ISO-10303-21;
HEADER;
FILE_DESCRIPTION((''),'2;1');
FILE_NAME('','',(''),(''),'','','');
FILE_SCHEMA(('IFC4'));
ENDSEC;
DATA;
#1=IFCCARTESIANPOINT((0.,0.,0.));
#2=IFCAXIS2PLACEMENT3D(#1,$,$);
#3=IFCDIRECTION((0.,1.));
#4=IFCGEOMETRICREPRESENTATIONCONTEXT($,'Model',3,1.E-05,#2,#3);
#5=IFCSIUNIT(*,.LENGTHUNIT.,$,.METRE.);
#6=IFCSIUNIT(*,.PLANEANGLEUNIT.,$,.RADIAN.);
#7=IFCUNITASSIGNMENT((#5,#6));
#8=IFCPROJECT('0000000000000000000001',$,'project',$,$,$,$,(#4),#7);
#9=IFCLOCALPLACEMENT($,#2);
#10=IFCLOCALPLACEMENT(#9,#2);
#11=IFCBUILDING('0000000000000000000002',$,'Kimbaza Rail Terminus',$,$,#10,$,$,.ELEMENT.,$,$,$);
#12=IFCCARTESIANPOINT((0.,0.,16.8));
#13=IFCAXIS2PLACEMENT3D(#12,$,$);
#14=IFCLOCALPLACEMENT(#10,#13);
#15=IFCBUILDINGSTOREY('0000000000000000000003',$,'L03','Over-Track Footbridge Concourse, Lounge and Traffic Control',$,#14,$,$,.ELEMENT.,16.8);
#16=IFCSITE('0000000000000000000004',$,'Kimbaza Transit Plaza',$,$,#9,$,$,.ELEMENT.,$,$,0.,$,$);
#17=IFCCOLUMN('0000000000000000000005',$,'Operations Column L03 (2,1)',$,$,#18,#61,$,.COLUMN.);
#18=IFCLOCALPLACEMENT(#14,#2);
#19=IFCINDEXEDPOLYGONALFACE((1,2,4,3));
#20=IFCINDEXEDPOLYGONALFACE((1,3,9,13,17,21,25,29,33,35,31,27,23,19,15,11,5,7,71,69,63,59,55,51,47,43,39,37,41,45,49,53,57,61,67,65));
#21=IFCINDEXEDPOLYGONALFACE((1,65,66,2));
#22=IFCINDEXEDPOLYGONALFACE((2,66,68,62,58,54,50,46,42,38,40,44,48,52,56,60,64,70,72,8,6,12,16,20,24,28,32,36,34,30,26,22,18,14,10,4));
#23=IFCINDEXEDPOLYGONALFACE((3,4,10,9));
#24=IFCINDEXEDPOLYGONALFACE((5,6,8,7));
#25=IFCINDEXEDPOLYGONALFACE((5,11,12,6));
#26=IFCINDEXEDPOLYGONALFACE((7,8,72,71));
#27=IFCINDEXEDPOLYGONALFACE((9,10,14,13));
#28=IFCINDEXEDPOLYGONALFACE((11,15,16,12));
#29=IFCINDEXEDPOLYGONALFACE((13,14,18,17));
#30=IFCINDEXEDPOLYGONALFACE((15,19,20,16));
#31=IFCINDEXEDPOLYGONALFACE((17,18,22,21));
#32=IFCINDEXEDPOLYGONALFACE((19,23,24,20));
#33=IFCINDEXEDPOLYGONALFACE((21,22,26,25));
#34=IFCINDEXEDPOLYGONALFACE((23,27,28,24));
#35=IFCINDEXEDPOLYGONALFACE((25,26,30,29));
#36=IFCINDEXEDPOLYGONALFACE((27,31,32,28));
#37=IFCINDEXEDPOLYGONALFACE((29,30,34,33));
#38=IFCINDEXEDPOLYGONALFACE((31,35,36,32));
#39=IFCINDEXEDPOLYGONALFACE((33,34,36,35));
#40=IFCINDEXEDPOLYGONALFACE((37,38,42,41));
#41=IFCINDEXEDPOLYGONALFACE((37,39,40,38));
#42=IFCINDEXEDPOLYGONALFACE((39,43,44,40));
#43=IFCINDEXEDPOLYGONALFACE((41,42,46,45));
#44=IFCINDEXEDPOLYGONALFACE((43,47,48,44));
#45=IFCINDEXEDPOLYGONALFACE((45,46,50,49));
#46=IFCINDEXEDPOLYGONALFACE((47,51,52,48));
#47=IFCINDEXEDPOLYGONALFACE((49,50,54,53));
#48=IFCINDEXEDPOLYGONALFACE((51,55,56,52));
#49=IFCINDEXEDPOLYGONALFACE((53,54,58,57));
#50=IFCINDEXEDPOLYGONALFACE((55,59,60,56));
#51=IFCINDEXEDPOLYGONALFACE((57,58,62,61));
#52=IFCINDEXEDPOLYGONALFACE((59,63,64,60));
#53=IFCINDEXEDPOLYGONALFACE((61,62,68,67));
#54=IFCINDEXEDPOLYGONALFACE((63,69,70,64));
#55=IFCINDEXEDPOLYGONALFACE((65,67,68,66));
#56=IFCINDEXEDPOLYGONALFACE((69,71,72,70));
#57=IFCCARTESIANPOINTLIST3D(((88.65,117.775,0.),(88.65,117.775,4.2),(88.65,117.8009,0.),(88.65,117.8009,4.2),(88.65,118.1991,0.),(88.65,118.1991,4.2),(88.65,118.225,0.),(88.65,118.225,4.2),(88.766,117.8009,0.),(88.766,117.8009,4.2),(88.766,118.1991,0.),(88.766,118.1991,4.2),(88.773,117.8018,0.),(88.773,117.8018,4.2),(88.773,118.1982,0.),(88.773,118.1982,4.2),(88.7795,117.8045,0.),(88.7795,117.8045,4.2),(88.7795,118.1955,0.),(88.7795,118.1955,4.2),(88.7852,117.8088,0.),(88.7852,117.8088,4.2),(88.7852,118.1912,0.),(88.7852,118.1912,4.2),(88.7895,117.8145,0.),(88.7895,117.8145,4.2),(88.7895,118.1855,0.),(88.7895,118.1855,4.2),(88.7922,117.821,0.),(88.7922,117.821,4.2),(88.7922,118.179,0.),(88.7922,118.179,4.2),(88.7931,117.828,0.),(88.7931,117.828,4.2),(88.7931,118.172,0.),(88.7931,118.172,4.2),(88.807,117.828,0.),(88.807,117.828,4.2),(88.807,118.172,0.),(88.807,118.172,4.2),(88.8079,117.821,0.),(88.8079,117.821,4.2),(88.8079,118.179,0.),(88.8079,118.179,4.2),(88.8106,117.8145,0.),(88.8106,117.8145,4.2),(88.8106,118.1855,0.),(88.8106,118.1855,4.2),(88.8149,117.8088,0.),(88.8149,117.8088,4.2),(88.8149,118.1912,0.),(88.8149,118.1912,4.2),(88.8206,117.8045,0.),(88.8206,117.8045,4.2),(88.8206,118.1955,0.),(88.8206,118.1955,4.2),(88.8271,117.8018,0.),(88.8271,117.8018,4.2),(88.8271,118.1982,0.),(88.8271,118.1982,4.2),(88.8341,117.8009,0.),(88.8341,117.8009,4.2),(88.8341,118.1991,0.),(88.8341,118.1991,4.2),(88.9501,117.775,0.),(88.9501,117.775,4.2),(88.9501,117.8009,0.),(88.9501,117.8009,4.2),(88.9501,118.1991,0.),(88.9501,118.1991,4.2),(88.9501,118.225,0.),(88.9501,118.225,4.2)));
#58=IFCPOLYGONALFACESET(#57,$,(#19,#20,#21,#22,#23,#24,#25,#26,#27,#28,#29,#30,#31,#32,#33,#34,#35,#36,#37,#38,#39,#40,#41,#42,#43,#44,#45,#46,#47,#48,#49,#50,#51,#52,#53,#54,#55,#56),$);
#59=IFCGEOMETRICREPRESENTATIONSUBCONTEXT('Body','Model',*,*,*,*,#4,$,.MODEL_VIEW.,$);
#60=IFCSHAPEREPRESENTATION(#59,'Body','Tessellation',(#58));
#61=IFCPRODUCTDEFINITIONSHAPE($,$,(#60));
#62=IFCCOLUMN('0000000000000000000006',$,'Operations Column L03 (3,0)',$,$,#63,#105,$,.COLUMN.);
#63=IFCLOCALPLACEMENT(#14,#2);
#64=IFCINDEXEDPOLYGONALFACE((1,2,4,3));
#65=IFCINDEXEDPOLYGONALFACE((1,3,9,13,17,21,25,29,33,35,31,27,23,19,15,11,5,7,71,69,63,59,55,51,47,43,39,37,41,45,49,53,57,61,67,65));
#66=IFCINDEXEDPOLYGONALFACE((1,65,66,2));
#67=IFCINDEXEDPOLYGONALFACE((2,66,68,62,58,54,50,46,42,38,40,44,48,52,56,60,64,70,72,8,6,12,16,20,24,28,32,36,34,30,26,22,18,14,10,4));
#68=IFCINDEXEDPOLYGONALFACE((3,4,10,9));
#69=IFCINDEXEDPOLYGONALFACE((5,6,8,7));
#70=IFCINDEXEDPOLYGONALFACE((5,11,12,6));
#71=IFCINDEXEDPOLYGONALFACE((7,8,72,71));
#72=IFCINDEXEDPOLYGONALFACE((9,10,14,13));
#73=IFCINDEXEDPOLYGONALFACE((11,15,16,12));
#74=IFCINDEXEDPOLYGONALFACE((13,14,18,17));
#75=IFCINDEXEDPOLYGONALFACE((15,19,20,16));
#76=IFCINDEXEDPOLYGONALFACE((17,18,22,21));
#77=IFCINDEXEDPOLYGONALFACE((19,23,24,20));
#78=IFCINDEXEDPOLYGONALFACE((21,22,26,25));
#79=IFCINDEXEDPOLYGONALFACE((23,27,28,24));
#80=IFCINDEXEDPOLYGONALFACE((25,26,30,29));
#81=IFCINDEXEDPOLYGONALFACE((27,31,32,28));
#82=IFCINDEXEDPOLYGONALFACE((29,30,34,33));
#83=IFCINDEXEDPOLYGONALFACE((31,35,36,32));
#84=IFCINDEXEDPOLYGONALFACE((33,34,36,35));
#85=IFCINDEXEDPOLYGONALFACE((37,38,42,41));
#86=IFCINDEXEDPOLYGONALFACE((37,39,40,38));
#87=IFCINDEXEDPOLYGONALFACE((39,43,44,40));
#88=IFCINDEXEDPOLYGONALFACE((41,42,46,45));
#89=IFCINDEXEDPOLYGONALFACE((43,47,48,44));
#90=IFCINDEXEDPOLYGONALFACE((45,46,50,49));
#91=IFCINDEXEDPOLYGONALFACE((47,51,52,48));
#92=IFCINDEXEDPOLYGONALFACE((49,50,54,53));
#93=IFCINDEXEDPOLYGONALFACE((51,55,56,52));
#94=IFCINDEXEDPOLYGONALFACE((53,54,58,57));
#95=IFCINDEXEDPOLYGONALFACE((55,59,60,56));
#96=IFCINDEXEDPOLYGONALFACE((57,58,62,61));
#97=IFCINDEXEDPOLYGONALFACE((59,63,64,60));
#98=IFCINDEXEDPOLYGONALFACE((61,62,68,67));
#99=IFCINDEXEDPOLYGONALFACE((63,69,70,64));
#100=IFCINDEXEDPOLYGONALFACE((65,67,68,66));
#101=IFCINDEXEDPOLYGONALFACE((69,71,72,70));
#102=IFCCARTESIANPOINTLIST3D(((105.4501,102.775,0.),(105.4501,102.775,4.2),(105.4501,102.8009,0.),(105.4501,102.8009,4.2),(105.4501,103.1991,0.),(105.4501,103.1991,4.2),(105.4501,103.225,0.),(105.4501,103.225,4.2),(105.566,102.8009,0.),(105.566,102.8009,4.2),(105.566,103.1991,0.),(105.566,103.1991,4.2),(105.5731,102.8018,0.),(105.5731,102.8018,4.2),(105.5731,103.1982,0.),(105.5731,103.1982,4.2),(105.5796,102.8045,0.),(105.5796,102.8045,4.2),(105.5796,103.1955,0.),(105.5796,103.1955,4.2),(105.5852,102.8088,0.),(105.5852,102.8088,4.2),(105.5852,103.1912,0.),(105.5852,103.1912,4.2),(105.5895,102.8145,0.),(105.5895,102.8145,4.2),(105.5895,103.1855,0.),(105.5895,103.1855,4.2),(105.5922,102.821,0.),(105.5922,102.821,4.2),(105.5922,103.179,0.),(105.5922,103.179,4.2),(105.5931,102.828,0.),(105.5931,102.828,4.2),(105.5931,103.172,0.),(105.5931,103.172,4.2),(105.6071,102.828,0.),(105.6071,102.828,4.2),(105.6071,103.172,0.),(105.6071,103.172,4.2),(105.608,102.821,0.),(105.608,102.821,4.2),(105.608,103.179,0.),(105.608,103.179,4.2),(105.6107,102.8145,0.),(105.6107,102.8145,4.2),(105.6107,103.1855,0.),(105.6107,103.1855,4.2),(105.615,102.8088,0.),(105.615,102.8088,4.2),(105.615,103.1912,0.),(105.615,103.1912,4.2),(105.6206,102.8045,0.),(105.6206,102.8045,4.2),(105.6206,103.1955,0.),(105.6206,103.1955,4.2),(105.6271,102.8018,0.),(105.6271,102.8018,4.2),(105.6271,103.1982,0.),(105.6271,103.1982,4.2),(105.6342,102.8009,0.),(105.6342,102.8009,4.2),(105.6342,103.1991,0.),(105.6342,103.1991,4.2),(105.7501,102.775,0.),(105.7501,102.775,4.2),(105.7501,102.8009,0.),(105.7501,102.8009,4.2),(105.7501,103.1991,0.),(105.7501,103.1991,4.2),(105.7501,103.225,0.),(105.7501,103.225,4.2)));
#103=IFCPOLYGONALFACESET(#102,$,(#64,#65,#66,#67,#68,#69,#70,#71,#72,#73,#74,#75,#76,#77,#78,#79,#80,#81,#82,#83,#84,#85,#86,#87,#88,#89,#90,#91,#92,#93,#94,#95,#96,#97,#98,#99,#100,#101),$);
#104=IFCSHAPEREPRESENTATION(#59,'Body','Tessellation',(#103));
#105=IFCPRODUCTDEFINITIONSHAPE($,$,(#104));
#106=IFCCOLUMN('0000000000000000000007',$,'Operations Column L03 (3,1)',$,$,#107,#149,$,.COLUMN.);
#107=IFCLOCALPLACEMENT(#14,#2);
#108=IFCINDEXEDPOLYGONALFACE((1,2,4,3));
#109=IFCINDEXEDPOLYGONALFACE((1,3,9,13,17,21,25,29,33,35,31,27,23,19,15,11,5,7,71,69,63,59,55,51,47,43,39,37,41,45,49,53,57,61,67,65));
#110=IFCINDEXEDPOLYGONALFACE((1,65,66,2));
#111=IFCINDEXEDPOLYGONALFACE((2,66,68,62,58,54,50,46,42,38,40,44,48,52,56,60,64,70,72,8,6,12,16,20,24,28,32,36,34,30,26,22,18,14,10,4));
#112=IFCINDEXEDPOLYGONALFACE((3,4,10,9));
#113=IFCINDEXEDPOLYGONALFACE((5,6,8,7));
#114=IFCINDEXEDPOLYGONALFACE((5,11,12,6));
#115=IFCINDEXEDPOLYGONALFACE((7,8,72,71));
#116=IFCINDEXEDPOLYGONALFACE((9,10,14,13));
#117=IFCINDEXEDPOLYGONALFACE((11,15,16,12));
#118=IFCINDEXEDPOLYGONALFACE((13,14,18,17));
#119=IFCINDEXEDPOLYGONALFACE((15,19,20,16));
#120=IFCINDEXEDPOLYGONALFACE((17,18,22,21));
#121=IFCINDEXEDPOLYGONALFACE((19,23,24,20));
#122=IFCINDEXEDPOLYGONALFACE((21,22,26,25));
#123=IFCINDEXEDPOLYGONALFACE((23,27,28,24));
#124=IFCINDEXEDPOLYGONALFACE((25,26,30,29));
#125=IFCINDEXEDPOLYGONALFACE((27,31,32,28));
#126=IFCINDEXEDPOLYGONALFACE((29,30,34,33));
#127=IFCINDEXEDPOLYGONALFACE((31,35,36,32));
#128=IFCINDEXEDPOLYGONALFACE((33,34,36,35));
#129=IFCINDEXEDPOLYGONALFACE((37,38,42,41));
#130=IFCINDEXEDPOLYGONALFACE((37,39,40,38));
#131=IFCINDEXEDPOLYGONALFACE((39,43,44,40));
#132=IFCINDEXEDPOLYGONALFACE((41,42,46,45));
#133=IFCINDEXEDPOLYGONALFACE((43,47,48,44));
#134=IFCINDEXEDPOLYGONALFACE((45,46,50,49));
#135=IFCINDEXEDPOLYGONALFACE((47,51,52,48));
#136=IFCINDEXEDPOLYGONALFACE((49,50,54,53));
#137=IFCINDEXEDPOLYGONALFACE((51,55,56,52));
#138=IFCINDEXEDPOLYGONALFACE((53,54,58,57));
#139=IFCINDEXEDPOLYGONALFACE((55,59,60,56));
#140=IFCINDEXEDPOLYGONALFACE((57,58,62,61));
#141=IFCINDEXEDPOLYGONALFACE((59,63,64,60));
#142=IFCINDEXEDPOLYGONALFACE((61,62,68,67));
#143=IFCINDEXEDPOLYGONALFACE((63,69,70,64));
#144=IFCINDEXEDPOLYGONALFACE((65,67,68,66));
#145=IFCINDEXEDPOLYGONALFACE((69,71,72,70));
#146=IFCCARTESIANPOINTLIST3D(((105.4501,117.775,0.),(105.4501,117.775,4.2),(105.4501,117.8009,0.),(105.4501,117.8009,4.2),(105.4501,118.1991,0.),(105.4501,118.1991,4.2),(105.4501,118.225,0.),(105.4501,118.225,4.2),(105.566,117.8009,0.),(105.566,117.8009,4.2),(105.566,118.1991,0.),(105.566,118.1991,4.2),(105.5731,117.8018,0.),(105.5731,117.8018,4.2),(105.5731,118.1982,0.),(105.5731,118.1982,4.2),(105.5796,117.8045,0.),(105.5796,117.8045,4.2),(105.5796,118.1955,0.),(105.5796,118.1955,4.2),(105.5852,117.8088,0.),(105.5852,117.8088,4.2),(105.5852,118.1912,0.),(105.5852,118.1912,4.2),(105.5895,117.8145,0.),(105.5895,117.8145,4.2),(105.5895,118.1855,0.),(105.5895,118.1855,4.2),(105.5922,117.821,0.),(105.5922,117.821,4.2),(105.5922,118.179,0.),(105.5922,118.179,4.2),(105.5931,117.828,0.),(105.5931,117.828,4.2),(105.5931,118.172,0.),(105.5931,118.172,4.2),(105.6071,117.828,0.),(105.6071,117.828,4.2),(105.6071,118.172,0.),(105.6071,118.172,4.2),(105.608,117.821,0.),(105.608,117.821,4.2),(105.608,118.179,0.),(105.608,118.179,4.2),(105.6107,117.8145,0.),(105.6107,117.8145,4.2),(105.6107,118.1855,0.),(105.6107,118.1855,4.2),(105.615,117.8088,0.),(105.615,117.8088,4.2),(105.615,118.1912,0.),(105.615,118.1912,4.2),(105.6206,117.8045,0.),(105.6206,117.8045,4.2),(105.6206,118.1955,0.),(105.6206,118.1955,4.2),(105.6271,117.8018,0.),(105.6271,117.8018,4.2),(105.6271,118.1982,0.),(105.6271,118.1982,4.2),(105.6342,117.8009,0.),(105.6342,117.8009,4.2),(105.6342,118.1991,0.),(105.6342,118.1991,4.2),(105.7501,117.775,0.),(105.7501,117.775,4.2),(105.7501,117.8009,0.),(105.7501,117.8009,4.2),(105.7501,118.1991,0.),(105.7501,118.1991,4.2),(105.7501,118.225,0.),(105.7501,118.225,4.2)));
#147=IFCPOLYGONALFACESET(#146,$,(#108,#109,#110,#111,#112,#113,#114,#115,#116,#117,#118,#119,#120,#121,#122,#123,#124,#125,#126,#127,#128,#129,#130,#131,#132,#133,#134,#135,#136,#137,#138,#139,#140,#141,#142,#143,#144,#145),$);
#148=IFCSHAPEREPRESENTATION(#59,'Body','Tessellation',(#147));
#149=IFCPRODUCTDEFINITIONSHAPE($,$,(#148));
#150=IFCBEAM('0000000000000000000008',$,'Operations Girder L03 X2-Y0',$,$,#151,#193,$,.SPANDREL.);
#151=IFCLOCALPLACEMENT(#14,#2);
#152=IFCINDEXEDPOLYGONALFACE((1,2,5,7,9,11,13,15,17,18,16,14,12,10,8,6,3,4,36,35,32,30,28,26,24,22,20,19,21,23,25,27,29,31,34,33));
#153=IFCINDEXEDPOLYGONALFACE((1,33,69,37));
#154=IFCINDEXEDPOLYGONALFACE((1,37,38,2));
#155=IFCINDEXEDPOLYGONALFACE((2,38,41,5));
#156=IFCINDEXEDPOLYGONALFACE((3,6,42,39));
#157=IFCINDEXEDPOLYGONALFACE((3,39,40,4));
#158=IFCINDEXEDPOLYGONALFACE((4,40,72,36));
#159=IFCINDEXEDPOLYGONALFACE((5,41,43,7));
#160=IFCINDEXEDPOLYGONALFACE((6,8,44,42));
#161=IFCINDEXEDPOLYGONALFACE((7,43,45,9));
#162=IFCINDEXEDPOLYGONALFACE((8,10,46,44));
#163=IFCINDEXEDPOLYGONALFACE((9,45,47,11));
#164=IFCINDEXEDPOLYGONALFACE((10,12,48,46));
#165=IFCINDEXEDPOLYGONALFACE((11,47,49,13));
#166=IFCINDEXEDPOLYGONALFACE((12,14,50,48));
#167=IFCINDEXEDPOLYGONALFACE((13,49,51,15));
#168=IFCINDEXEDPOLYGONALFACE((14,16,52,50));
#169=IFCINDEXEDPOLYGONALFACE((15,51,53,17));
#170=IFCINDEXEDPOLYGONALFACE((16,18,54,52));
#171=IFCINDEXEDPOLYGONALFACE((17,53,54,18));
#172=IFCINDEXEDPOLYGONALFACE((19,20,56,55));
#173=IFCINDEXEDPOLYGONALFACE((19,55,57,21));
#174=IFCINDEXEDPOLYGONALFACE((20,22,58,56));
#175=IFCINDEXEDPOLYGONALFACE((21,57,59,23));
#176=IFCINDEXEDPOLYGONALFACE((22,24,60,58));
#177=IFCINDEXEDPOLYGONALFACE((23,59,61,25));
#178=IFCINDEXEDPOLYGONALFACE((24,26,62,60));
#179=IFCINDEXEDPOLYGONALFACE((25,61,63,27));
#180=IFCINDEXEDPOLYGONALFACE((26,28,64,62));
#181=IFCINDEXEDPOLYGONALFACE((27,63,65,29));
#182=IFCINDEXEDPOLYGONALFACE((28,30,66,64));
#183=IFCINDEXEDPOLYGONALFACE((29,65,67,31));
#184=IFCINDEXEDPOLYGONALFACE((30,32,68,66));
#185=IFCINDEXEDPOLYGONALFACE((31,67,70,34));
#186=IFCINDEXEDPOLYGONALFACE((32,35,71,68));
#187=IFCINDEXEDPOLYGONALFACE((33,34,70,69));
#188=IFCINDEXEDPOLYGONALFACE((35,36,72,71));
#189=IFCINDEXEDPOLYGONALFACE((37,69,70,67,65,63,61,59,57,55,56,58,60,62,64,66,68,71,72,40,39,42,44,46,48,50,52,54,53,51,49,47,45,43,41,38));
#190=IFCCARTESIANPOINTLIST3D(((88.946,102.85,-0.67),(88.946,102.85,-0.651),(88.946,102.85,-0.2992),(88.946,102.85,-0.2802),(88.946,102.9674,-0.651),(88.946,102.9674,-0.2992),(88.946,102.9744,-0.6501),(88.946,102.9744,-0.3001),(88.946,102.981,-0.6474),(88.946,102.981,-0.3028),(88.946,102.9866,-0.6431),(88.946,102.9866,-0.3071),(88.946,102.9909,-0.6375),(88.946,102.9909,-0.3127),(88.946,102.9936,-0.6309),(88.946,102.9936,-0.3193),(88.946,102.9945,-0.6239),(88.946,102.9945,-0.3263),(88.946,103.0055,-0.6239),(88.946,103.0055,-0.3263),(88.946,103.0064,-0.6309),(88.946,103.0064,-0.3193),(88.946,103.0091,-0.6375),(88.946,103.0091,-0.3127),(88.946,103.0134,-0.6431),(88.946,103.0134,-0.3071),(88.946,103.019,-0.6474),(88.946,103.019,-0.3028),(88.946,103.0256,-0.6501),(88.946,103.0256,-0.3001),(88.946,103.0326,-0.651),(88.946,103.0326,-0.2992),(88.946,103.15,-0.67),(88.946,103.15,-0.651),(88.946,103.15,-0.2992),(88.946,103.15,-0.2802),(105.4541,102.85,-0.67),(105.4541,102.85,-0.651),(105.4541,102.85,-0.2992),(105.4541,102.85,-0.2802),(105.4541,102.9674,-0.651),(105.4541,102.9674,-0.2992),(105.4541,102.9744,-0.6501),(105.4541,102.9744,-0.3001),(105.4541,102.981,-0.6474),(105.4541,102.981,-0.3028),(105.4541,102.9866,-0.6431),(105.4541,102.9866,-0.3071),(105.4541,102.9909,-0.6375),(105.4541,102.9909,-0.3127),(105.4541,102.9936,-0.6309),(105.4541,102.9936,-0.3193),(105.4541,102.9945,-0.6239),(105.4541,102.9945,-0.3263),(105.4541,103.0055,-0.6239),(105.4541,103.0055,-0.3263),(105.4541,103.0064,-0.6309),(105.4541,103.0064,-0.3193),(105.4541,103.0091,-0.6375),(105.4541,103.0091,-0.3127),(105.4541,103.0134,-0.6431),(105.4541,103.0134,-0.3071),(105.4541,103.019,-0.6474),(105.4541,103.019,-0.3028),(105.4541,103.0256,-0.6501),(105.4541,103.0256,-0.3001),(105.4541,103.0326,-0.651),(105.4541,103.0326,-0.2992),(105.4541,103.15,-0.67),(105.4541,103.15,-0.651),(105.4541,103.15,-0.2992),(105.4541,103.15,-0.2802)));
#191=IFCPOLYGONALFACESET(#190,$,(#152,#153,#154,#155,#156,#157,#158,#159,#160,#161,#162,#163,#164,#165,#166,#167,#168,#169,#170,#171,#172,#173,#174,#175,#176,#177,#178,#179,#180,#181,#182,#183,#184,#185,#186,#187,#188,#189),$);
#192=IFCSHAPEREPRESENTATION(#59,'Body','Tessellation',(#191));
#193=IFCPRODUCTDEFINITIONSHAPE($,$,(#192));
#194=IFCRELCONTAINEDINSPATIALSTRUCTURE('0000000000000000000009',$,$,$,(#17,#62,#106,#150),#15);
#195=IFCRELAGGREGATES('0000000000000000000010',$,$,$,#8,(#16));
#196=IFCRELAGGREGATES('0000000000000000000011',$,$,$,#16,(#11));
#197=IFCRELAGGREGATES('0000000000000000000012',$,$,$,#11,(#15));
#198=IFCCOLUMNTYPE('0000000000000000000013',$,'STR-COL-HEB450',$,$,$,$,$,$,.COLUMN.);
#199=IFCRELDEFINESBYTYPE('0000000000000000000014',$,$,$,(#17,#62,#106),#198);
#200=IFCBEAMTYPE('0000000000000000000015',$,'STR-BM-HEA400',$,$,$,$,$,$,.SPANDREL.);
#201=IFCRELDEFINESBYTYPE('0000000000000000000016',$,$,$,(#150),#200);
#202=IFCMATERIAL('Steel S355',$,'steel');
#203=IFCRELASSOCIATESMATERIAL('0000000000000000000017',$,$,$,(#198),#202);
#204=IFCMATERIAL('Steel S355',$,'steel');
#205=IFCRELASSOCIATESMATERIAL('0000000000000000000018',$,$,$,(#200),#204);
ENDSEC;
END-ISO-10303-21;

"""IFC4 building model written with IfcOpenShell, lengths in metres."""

from ifc_helpers import new_model, si_unit, direction, frame, origin, origin_2d, place, context, subcontext, project, spatial, i_section, extrude, material, material_profile, profile_set, type_object, element, save


model = new_model("IFC4")

# Units and contexts
model_context = context("Model", 3, precision=1e-05, world=origin(), true_north=direction((0.0, 1.0)))
body_context = subcontext(model_context, "Body", "Model", "MODEL_VIEW")
ifc_project = project(units=[si_unit("LENGTHUNIT", "METRE"), si_unit("PLANEANGLEUNIT", "RADIAN")], contexts=[model_context])

# Site, building, storey
site_placement = place(None, origin())
site = spatial("IfcSite", under=ifc_project, at=site_placement, Name="Kimbaza Transit Plaza", CompositionType="ELEMENT", RefElevation=0.0)
building_placement = place(site_placement, origin())
building = spatial("IfcBuilding", under=site, at=building_placement, Name="Kimbaza Rail Terminus", CompositionType="ELEMENT")
storey_placement = place(building_placement, frame((0.0, 0.0, 16.8)))
storey = spatial("IfcBuildingStorey", under=building, at=storey_placement, Name="L03", Description="Over-Track Footbridge Concourse, Lounge and Traffic Control", CompositionType="ELEMENT", Elevation=16.8)

# Columns
ifc_material_1 = material(Name="Steel S355", Category="steel")
ifc_material_profile_1 = material_profile(ifc_material_1, i_section(OverallWidth=0.3, OverallDepth=0.45, WebThickness=0.0139, FlangeThickness=0.0259, FilletRadius=0.0271, at=origin_2d()), Name="HEB 450")
ifc_profile_set_1 = profile_set([ifc_material_profile_1], Name="Steel S355")
column_type = type_object("IfcColumnType", Name="STR-COL-HEB450", PredefinedType="COLUMN", material=ifc_profile_set_1)
for number, where, z_axis, x_axis, name in (
    (1, (88.8, 118.0, 0.0), (0.0, 0.0, 1.0), (1.0, 0.0, 0.0), "Operations Column L03 (2,1)"),
    (2, (105.6001, 103.0, 0.0), (0.0, 0.0, 1.0), (1.0, 0.0, 0.0), "Operations Column L03 (3,0)"),
    (3, (105.6001, 118.0, 0.0), (0.0, 0.0, 1.0), (1.0, 0.0, 0.0), "Operations Column L03 (3,1)"),
):
    element("IfcColumn", number, at=place(storey_placement, frame(where, z_axis=z_axis, x_axis=x_axis)), inside=storey, type_object=column_type, Name=name, PredefinedType="COLUMN", context=body_context, shape_type="SweptSolid", body=[
        extrude(i_section(OverallWidth=0.3, OverallDepth=0.45, WebThickness=0.0139, FlangeThickness=0.0259, FilletRadius=0.0271, at=origin_2d()), origin(), (0.0, 0.0, 1.0), 4.2),
    ])

# Beam
ifc_material_2 = material(Name="Steel S355", Category="steel")
ifc_material_profile_2 = material_profile(ifc_material_2, i_section(OverallWidth=0.3, OverallDepth=0.3899, WebThickness=0.011, FlangeThickness=0.019, FilletRadius=0.0271, at=origin_2d()), Name="HEA 400")
ifc_profile_set_2 = profile_set([ifc_material_profile_2], Name="Steel S355")
beam_type_1 = type_object("IfcBeamType", Name="STR-BM-HEA400", PredefinedType="SPANDREL", material=ifc_profile_set_2)
beam_1_placement = place(storey_placement, frame((88.946, 103.0, -0.4751), z_axis=(1.0, 0.0, 0.0), x_axis=(0.0, 1.0, 0.0)))
element("IfcBeam", 4, at=beam_1_placement, inside=storey, type_object=beam_type_1, Name="Operations Girder L03 X2-Y0", PredefinedType="SPANDREL", context=body_context, shape_type="SweptSolid", body=[
    extrude(i_section(OverallWidth=0.3, OverallDepth=0.3899, WebThickness=0.011, FlangeThickness=0.019, FilletRadius=0.0271, at=origin_2d()), origin(), (0.0, 0.0, 1.0), 16.5081),
])

save(model, "model.ifc")
